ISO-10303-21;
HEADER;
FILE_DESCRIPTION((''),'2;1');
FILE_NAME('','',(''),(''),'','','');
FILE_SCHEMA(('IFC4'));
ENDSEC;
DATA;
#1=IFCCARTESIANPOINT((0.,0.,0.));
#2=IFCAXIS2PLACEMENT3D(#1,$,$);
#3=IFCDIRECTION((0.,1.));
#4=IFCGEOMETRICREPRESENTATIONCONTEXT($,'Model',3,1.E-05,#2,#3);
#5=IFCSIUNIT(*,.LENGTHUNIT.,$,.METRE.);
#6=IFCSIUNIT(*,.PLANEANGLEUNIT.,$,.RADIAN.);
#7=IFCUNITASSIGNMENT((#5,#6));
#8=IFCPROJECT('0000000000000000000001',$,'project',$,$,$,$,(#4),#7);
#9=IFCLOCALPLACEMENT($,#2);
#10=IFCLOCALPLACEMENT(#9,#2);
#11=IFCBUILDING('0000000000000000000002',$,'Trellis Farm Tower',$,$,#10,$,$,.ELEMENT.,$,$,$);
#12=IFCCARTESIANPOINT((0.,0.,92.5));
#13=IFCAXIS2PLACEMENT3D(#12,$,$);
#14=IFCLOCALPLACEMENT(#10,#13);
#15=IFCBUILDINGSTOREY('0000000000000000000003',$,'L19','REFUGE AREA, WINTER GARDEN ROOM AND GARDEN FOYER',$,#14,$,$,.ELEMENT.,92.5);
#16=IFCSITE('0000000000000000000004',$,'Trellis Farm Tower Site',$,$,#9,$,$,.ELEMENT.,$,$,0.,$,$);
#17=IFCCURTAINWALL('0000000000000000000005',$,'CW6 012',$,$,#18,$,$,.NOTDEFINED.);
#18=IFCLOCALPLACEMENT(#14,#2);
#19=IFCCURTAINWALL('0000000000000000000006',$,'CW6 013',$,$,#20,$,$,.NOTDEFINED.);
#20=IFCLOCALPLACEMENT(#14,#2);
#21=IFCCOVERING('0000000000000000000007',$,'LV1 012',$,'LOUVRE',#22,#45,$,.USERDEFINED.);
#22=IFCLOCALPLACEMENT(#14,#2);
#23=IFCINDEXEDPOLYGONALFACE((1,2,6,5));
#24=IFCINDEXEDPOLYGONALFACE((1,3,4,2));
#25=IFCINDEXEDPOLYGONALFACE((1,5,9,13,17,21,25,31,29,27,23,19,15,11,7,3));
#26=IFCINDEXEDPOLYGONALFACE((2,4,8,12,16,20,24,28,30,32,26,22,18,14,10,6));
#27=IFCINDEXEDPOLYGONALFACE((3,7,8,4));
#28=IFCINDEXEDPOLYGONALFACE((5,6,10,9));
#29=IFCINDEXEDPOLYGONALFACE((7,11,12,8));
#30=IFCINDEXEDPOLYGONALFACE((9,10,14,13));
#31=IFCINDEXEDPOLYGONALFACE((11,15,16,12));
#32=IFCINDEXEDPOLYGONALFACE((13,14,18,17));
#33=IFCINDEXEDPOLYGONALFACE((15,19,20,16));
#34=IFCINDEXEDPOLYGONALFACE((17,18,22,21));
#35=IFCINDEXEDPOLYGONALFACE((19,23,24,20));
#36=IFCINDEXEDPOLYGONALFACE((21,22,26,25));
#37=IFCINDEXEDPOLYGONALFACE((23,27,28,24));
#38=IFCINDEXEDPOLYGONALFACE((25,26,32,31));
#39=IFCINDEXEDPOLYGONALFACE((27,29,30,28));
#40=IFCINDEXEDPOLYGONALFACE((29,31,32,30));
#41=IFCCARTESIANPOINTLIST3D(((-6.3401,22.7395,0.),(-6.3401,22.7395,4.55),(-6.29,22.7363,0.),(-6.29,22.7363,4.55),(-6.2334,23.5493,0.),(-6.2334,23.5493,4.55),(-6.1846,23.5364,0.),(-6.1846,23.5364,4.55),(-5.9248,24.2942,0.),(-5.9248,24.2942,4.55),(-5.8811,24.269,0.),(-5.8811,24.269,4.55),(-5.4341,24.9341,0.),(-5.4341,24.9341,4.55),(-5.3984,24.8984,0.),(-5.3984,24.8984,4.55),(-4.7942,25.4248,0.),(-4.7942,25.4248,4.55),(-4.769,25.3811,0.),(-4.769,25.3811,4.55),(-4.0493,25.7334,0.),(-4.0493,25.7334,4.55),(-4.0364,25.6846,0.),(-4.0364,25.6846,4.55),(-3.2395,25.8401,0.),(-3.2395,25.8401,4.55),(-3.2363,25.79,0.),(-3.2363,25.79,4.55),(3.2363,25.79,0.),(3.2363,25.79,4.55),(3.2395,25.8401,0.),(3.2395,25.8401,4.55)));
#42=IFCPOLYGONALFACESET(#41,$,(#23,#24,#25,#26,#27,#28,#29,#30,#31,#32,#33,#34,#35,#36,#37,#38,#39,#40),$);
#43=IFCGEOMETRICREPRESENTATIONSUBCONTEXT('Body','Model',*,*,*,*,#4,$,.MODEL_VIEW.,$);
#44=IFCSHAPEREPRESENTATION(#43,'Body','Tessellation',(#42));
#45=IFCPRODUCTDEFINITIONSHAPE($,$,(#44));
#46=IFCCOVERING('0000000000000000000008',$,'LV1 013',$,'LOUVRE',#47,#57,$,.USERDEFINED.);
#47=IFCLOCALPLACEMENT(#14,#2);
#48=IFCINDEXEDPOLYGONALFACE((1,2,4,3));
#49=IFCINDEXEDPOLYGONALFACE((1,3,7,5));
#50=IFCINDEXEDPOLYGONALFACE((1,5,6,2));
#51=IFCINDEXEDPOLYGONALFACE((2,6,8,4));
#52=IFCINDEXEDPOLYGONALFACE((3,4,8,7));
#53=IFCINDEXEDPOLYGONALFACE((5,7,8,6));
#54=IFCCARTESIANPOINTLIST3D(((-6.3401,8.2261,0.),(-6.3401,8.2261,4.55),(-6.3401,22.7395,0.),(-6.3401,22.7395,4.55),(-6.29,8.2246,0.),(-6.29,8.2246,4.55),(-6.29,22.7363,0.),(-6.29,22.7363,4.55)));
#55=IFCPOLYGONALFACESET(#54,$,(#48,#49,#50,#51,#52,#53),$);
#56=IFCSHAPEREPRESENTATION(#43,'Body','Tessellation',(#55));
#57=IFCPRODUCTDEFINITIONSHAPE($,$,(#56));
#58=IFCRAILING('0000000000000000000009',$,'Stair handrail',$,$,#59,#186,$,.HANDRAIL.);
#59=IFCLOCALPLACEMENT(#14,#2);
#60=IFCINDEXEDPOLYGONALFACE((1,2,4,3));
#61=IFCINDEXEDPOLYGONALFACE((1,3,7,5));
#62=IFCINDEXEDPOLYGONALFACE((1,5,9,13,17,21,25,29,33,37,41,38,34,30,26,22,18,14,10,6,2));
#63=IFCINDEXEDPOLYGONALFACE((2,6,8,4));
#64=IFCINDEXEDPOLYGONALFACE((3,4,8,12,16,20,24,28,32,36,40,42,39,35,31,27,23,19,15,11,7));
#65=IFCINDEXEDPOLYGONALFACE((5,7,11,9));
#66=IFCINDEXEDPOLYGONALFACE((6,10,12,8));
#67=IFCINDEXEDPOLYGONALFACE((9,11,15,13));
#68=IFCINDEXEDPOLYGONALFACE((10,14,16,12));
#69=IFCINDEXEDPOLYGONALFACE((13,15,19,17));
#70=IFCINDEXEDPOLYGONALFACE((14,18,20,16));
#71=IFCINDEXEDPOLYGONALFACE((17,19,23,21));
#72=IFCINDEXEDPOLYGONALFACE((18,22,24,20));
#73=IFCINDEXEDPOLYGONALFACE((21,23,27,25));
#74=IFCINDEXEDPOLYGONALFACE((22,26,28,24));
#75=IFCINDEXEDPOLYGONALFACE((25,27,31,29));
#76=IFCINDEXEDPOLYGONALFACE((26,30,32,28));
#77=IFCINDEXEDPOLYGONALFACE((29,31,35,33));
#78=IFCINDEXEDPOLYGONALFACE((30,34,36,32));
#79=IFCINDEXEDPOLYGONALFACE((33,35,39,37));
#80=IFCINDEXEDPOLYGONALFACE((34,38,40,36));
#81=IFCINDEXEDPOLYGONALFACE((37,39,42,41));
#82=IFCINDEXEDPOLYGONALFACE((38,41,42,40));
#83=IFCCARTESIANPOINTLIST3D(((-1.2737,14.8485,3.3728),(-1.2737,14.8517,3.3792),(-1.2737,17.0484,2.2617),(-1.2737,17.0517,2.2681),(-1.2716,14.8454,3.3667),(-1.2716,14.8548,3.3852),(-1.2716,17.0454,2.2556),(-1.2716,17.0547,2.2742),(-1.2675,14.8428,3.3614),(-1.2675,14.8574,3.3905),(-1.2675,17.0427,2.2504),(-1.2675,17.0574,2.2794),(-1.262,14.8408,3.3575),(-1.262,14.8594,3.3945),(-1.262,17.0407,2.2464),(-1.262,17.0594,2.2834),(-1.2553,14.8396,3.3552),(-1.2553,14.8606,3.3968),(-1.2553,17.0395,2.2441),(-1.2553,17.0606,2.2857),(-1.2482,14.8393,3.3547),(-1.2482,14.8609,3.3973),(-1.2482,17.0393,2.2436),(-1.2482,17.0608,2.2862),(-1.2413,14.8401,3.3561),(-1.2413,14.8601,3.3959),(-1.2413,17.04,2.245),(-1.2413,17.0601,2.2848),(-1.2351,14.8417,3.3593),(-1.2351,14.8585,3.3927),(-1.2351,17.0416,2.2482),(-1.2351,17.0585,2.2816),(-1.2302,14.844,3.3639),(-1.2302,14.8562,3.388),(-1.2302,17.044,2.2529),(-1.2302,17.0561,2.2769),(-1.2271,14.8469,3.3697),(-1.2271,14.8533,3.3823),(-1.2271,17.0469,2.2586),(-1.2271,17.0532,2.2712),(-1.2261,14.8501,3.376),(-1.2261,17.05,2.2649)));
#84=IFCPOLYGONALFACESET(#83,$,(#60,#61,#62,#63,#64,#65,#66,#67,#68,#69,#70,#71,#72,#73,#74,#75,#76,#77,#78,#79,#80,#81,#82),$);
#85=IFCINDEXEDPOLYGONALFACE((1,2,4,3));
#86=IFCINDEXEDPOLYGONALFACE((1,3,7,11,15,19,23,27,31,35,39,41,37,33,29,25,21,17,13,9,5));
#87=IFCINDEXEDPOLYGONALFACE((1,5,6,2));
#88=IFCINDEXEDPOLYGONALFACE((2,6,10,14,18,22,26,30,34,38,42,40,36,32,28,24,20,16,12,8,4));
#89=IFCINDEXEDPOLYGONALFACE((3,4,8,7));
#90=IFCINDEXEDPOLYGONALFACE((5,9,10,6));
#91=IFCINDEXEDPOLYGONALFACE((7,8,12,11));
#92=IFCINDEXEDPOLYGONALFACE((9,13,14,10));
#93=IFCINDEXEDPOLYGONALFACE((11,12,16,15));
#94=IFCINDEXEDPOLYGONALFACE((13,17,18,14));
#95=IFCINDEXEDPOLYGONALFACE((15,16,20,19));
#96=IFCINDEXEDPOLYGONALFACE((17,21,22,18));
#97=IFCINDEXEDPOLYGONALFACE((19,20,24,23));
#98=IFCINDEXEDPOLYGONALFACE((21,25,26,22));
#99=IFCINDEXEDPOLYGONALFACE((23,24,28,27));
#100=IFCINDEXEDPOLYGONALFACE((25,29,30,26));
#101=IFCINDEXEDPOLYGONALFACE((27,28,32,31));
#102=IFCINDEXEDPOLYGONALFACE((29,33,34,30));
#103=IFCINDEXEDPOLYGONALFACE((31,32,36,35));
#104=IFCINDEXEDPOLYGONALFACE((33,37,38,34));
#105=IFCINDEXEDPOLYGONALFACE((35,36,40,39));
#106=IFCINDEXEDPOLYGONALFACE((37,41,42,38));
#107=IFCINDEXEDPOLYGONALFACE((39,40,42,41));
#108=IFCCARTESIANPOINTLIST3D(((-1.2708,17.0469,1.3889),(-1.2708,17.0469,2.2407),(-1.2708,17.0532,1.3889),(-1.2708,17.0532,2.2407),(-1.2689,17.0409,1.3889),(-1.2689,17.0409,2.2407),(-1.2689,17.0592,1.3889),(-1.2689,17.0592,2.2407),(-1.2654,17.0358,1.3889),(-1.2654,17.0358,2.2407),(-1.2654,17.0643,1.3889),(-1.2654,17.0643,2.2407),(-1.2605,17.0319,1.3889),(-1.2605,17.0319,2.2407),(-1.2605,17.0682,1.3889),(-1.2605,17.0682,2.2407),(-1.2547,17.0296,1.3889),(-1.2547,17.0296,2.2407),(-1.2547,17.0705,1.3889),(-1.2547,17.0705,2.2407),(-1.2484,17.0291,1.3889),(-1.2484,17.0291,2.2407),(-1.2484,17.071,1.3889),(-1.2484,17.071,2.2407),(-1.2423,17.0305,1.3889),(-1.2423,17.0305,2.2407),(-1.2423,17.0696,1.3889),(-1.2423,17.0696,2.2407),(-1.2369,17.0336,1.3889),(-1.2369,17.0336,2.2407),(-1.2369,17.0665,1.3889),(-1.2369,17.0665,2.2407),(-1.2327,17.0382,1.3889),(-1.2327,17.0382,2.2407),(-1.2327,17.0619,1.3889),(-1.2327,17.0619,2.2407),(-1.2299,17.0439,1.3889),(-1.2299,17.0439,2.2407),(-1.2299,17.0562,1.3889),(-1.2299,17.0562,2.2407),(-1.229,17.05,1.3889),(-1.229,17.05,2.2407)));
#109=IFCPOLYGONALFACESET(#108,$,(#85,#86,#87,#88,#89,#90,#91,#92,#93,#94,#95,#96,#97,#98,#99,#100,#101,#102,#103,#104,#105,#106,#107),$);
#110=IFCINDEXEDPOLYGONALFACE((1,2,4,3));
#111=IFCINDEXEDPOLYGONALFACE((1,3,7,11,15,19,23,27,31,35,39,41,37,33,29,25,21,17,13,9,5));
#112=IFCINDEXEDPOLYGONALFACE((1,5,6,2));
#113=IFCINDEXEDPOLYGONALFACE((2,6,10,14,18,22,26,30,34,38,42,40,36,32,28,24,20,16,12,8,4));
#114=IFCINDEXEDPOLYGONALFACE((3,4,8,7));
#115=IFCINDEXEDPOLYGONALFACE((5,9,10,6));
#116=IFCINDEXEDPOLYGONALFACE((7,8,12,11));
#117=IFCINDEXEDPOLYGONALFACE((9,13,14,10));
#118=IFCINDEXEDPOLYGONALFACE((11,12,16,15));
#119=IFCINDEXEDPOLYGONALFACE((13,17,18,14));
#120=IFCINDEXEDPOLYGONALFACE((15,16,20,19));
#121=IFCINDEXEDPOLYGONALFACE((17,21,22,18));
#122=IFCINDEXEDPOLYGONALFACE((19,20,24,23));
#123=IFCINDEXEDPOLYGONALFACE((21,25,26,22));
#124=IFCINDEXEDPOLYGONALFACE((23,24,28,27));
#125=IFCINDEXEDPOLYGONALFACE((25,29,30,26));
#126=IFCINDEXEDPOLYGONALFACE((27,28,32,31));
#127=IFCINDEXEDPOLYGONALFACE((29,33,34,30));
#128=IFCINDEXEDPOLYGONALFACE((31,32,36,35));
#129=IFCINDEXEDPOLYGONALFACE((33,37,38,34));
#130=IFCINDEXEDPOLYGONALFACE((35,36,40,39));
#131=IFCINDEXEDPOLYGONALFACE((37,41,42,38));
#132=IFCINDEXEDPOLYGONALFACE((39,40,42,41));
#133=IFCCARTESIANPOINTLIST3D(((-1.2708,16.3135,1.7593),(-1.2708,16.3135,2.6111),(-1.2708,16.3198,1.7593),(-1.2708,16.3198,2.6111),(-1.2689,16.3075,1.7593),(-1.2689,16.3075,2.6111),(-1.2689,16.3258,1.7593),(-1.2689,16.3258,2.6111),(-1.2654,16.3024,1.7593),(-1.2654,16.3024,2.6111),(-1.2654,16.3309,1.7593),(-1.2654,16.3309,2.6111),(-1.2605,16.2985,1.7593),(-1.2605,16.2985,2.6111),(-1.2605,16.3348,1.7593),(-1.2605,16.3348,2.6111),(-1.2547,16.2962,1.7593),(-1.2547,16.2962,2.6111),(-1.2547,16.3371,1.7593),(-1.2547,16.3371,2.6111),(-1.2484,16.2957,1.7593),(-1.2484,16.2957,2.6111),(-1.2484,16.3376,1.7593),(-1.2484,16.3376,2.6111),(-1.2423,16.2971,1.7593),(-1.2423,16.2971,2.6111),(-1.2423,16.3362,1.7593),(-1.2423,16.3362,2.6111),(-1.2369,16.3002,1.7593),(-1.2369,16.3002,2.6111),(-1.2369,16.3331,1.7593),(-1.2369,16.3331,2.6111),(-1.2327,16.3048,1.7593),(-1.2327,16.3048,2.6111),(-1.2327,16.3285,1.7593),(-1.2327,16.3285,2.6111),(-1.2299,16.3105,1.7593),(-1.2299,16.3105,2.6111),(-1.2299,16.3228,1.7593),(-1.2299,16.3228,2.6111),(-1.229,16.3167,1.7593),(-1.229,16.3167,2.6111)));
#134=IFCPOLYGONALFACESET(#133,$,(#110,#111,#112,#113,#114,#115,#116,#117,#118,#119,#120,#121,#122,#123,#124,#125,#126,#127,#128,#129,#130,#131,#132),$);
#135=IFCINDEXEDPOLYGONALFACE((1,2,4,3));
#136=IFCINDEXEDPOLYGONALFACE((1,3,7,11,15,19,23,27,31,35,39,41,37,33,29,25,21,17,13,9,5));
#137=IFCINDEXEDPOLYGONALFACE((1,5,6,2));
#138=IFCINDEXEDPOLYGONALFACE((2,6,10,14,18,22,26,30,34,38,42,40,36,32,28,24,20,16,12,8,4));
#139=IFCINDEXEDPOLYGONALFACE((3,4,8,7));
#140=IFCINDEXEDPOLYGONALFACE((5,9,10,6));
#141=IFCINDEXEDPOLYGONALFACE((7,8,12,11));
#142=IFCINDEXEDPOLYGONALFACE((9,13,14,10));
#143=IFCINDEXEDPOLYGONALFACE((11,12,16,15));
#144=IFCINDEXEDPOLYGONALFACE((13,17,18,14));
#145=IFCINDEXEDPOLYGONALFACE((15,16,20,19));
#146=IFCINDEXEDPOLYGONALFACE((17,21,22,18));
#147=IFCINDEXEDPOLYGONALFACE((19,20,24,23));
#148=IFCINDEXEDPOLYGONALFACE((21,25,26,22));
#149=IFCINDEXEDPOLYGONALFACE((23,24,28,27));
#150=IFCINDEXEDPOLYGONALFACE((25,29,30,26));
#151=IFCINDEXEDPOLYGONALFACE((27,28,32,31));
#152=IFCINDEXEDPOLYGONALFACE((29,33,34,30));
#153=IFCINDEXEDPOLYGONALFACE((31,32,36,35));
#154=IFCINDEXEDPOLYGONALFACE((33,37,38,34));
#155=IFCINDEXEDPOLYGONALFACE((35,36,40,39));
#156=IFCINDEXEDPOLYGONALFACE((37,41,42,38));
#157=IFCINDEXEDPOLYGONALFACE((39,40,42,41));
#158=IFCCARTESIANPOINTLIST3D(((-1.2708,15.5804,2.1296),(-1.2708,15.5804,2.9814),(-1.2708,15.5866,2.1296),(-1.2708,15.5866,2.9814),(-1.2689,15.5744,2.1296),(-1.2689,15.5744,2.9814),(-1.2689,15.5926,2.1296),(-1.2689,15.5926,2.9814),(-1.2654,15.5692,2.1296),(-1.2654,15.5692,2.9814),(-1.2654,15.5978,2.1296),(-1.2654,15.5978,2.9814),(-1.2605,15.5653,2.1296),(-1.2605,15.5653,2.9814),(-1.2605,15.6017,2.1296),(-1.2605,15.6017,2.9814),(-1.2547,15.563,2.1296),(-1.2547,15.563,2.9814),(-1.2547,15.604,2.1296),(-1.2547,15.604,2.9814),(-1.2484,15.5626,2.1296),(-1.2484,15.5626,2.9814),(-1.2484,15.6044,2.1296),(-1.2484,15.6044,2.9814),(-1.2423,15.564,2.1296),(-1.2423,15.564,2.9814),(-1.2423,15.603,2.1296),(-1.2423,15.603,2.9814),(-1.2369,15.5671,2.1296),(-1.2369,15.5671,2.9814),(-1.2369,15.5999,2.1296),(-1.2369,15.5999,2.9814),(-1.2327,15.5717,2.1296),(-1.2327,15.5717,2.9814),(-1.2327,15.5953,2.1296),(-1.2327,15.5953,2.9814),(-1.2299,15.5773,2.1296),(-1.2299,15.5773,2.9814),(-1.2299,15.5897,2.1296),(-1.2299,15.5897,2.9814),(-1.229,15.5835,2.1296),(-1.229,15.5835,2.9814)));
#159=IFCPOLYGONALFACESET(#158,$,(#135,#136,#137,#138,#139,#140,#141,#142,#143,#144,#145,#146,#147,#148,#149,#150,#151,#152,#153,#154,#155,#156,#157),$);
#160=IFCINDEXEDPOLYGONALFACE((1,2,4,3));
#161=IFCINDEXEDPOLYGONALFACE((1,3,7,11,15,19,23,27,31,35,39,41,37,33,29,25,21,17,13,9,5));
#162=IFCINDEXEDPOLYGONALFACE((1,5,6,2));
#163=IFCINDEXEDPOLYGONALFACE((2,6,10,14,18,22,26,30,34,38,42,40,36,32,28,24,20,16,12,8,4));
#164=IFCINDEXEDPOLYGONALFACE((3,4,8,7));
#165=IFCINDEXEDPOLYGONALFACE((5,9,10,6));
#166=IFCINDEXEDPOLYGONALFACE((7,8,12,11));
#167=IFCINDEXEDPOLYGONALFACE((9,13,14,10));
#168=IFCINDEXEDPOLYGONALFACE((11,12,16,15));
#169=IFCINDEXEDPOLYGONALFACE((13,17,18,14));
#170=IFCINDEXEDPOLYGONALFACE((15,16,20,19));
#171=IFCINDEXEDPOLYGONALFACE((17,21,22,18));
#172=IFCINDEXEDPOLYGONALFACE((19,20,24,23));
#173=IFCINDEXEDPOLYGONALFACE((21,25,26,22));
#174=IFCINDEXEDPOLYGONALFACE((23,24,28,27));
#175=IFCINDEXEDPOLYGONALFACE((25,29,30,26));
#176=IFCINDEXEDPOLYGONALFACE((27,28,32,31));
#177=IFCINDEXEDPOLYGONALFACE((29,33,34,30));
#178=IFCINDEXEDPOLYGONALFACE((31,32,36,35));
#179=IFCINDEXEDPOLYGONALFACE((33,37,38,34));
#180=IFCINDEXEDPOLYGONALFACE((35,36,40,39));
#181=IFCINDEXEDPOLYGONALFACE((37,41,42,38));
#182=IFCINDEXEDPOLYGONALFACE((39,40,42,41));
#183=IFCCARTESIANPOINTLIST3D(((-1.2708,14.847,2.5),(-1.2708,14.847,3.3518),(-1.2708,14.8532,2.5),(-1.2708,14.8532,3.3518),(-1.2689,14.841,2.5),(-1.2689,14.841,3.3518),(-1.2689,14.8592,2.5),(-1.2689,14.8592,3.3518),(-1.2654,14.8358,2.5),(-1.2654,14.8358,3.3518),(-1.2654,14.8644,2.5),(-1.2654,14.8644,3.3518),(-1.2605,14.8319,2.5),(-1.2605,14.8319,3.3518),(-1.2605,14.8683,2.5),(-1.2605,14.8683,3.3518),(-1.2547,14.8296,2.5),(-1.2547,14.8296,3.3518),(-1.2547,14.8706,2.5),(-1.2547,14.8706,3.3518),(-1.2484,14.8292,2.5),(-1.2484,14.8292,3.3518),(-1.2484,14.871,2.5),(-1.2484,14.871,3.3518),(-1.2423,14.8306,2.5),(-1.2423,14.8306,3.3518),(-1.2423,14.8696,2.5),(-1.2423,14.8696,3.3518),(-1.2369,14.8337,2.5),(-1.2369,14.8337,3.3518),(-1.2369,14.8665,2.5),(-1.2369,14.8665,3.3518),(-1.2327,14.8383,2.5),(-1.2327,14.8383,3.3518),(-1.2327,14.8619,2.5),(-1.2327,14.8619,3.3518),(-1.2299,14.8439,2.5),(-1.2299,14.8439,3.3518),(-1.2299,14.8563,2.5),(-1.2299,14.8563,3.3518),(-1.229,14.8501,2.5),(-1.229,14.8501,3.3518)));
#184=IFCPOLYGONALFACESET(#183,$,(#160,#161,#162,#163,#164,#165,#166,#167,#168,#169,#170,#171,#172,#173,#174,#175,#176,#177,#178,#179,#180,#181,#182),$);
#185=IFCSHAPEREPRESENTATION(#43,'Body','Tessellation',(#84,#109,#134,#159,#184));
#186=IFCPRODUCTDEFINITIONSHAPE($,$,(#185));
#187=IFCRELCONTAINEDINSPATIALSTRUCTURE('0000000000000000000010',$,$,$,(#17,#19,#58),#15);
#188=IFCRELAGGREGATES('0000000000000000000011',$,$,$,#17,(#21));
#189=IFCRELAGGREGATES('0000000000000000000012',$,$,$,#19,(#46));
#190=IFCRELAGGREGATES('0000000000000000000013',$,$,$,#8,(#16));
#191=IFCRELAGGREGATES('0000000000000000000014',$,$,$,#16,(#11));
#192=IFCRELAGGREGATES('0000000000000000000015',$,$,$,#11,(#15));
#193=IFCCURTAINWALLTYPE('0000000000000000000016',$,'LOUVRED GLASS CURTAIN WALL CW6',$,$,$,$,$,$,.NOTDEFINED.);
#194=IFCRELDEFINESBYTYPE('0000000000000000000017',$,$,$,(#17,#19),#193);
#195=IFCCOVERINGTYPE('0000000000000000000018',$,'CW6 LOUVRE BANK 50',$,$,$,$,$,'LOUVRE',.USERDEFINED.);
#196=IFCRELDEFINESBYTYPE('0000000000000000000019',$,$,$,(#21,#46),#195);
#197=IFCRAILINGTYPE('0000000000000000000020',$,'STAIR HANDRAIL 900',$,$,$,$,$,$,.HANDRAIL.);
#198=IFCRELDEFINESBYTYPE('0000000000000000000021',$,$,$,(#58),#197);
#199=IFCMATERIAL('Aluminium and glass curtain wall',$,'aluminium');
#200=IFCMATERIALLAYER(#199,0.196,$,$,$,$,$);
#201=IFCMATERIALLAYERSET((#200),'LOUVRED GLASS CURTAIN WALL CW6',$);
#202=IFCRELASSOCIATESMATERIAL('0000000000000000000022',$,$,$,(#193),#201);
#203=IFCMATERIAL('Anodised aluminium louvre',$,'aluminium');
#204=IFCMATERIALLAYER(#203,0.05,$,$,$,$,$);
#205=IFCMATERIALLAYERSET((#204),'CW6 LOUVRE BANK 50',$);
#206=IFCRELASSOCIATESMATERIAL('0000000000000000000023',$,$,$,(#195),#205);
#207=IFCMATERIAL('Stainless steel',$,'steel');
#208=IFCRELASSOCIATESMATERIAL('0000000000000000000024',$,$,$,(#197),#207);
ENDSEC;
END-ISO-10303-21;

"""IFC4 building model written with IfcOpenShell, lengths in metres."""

from ifc_helpers import new_model, si_unit, direction, frame, origin, origin_2d, place, context, subcontext, project, spatial, polyline, circle, outline, extrude, source, transform, mapped, material, layer, layer_set, type_object, element, aggregate, save


model = new_model("IFC4")

# Units and contexts
model_context = context("Model", 3, precision=1e-05, world=origin(), true_north=direction((0.0, 1.0)))
body_context = subcontext(model_context, "Body", "Model", "MODEL_VIEW")
ifc_project = project(units=[si_unit("LENGTHUNIT", "METRE"), si_unit("PLANEANGLEUNIT", "RADIAN")], contexts=[model_context])

# Site, building, storey
site_placement = place(None, origin())
site = spatial("IfcSite", under=ifc_project, at=site_placement, Name="Trellis Farm Tower Site", CompositionType="ELEMENT", RefElevation=0.0)
building_placement = place(site_placement, origin())
building = spatial("IfcBuilding", under=site, at=building_placement, Name="Trellis Farm Tower", CompositionType="ELEMENT")
storey_placement = place(building_placement, frame((0.0, 0.0, 92.5)))
storey = spatial("IfcBuildingStorey", under=building, at=storey_placement, Name="L19", Description="REFUGE AREA, WINTER GARDEN ROOM AND GARDEN FOYER", CompositionType="ELEMENT", Elevation=92.5)

# Curtain wall
ifc_material_1 = material(Name="Aluminium and glass curtain wall", Category="aluminium")
ifc_layer_1 = layer(ifc_material_1, 0.196)
ifc_layer_set_1 = layer_set([ifc_layer_1], Name="LOUVRED GLASS CURTAIN WALL CW6")
curtain_wall_type = type_object("IfcCurtainWallType", Name="LOUVRED GLASS CURTAIN WALL CW6", PredefinedType="NOTDEFINED", material=ifc_layer_set_1)
placement_1 = place(storey_placement, origin())
curtain_wall_1 = element("IfcCurtainWall", 1, at=placement_1, inside=storey, type_object=curtain_wall_type, Name="CW6 012", PredefinedType="NOTDEFINED")

# Curtain wall
curtain_wall_2 = element("IfcCurtainWall", 2, at=placement_1, inside=storey, type_object=curtain_wall_type, Name="CW6 013", PredefinedType="NOTDEFINED")

# Coverings
ifc_material_2 = material(Name="Anodised aluminium louvre", Category="aluminium")
ifc_layer_2 = layer(ifc_material_2, 0.05)
ifc_layer_set_2 = layer_set([ifc_layer_2], Name="CW6 LOUVRE BANK 50")
covering_type = type_object("IfcCoveringType", Name="CW6 LOUVRE BANK 50", ElementType="LOUVRE", PredefinedType="USERDEFINED", material=ifc_layer_set_2)
covering_1 = element("IfcCovering", 3, at=placement_1, type_object=covering_type, Name="LV1 012", ObjectType="LOUVRE", PredefinedType="USERDEFINED", context=body_context, shape_type="SweptSolid", body=[
    extrude(outline(polyline([(3.2395, 25.8401), (-3.2395, 25.8401), (-4.0493, 25.7334), (-4.7942, 25.4248), (-5.4341, 24.9341), (-5.9248, 24.2942), (-6.2334, 23.5493), (-6.3401, 22.7395), (-6.29, 22.7363), (-6.1846, 23.5364), (-5.8811, 24.269), (-5.3984, 24.8984), (-4.769, 25.3811), (-4.0364, 25.6846), (-3.2363, 25.79), (3.2363, 25.79), (3.2395, 25.8401)])), origin(), (0.0, 0.0, 1.0), 4.55),
])
aggregate(curtain_wall_1, [covering_1])
covering_2 = element("IfcCovering", 4, at=placement_1, type_object=covering_type, Name="LV1 013", ObjectType="LOUVRE", PredefinedType="USERDEFINED", context=body_context, shape_type="SweptSolid", body=[
    extrude(outline(polyline([(-6.3401, 22.7395), (-6.3401, 8.2261), (-6.29, 8.2246), (-6.29, 22.7363), (-6.3401, 22.7395)])), origin(), (0.0, 0.0, 1.0), 4.55),
])
aggregate(curtain_wall_2, [covering_2])

# Railing
ifc_material_3 = material(Name="Stainless steel", Category="steel")
railing_type = type_object("IfcRailingType", Name="STAIR HANDRAIL 900", PredefinedType="HANDRAIL", material=ifc_material_3)
shared_shape_1 = source(origin(), body_context, "Body", "SweptSolid", [
    extrude(circle(Radius=0.0239, at=origin_2d()), frame((0.0, 0.0, 0.876), z_axis=(0.0, -0.892617, 0.450816), x_axis=(1.0, 0.0, 0.0)), (0.0, 0.0, 1.0), 2.4646),
    extrude(circle(Radius=0.021, at=origin_2d()), origin(), (0.0, 0.0, 1.0), 0.8518),
    extrude(circle(Radius=0.021, at=origin_2d()), frame((0.0, -0.7334, 0.3704)), (0.0, 0.0, 1.0), 0.8518),
    extrude(circle(Radius=0.021, at=origin_2d()), frame((0.0, -1.4666, 0.7407)), (0.0, 0.0, 1.0), 0.8518),
    extrude(circle(Radius=0.021, at=origin_2d()), frame((0.0, -2.2, 1.1111)), (0.0, 0.0, 1.0), 0.8518),
])
for number, where, name in (
    (5, (-1.25, 17.05, 1.3889), "Stair handrail"),
):
    element("IfcRailing", number, at=place(storey_placement, frame(where)), inside=storey, type_object=railing_type, Name=name, PredefinedType="HANDRAIL", context=body_context, shape_type="MappedRepresentation", body=[
        mapped(shared_shape_1, transform((0.0, 0.0, 0.0))),
    ])

save(model, "model.ifc")
